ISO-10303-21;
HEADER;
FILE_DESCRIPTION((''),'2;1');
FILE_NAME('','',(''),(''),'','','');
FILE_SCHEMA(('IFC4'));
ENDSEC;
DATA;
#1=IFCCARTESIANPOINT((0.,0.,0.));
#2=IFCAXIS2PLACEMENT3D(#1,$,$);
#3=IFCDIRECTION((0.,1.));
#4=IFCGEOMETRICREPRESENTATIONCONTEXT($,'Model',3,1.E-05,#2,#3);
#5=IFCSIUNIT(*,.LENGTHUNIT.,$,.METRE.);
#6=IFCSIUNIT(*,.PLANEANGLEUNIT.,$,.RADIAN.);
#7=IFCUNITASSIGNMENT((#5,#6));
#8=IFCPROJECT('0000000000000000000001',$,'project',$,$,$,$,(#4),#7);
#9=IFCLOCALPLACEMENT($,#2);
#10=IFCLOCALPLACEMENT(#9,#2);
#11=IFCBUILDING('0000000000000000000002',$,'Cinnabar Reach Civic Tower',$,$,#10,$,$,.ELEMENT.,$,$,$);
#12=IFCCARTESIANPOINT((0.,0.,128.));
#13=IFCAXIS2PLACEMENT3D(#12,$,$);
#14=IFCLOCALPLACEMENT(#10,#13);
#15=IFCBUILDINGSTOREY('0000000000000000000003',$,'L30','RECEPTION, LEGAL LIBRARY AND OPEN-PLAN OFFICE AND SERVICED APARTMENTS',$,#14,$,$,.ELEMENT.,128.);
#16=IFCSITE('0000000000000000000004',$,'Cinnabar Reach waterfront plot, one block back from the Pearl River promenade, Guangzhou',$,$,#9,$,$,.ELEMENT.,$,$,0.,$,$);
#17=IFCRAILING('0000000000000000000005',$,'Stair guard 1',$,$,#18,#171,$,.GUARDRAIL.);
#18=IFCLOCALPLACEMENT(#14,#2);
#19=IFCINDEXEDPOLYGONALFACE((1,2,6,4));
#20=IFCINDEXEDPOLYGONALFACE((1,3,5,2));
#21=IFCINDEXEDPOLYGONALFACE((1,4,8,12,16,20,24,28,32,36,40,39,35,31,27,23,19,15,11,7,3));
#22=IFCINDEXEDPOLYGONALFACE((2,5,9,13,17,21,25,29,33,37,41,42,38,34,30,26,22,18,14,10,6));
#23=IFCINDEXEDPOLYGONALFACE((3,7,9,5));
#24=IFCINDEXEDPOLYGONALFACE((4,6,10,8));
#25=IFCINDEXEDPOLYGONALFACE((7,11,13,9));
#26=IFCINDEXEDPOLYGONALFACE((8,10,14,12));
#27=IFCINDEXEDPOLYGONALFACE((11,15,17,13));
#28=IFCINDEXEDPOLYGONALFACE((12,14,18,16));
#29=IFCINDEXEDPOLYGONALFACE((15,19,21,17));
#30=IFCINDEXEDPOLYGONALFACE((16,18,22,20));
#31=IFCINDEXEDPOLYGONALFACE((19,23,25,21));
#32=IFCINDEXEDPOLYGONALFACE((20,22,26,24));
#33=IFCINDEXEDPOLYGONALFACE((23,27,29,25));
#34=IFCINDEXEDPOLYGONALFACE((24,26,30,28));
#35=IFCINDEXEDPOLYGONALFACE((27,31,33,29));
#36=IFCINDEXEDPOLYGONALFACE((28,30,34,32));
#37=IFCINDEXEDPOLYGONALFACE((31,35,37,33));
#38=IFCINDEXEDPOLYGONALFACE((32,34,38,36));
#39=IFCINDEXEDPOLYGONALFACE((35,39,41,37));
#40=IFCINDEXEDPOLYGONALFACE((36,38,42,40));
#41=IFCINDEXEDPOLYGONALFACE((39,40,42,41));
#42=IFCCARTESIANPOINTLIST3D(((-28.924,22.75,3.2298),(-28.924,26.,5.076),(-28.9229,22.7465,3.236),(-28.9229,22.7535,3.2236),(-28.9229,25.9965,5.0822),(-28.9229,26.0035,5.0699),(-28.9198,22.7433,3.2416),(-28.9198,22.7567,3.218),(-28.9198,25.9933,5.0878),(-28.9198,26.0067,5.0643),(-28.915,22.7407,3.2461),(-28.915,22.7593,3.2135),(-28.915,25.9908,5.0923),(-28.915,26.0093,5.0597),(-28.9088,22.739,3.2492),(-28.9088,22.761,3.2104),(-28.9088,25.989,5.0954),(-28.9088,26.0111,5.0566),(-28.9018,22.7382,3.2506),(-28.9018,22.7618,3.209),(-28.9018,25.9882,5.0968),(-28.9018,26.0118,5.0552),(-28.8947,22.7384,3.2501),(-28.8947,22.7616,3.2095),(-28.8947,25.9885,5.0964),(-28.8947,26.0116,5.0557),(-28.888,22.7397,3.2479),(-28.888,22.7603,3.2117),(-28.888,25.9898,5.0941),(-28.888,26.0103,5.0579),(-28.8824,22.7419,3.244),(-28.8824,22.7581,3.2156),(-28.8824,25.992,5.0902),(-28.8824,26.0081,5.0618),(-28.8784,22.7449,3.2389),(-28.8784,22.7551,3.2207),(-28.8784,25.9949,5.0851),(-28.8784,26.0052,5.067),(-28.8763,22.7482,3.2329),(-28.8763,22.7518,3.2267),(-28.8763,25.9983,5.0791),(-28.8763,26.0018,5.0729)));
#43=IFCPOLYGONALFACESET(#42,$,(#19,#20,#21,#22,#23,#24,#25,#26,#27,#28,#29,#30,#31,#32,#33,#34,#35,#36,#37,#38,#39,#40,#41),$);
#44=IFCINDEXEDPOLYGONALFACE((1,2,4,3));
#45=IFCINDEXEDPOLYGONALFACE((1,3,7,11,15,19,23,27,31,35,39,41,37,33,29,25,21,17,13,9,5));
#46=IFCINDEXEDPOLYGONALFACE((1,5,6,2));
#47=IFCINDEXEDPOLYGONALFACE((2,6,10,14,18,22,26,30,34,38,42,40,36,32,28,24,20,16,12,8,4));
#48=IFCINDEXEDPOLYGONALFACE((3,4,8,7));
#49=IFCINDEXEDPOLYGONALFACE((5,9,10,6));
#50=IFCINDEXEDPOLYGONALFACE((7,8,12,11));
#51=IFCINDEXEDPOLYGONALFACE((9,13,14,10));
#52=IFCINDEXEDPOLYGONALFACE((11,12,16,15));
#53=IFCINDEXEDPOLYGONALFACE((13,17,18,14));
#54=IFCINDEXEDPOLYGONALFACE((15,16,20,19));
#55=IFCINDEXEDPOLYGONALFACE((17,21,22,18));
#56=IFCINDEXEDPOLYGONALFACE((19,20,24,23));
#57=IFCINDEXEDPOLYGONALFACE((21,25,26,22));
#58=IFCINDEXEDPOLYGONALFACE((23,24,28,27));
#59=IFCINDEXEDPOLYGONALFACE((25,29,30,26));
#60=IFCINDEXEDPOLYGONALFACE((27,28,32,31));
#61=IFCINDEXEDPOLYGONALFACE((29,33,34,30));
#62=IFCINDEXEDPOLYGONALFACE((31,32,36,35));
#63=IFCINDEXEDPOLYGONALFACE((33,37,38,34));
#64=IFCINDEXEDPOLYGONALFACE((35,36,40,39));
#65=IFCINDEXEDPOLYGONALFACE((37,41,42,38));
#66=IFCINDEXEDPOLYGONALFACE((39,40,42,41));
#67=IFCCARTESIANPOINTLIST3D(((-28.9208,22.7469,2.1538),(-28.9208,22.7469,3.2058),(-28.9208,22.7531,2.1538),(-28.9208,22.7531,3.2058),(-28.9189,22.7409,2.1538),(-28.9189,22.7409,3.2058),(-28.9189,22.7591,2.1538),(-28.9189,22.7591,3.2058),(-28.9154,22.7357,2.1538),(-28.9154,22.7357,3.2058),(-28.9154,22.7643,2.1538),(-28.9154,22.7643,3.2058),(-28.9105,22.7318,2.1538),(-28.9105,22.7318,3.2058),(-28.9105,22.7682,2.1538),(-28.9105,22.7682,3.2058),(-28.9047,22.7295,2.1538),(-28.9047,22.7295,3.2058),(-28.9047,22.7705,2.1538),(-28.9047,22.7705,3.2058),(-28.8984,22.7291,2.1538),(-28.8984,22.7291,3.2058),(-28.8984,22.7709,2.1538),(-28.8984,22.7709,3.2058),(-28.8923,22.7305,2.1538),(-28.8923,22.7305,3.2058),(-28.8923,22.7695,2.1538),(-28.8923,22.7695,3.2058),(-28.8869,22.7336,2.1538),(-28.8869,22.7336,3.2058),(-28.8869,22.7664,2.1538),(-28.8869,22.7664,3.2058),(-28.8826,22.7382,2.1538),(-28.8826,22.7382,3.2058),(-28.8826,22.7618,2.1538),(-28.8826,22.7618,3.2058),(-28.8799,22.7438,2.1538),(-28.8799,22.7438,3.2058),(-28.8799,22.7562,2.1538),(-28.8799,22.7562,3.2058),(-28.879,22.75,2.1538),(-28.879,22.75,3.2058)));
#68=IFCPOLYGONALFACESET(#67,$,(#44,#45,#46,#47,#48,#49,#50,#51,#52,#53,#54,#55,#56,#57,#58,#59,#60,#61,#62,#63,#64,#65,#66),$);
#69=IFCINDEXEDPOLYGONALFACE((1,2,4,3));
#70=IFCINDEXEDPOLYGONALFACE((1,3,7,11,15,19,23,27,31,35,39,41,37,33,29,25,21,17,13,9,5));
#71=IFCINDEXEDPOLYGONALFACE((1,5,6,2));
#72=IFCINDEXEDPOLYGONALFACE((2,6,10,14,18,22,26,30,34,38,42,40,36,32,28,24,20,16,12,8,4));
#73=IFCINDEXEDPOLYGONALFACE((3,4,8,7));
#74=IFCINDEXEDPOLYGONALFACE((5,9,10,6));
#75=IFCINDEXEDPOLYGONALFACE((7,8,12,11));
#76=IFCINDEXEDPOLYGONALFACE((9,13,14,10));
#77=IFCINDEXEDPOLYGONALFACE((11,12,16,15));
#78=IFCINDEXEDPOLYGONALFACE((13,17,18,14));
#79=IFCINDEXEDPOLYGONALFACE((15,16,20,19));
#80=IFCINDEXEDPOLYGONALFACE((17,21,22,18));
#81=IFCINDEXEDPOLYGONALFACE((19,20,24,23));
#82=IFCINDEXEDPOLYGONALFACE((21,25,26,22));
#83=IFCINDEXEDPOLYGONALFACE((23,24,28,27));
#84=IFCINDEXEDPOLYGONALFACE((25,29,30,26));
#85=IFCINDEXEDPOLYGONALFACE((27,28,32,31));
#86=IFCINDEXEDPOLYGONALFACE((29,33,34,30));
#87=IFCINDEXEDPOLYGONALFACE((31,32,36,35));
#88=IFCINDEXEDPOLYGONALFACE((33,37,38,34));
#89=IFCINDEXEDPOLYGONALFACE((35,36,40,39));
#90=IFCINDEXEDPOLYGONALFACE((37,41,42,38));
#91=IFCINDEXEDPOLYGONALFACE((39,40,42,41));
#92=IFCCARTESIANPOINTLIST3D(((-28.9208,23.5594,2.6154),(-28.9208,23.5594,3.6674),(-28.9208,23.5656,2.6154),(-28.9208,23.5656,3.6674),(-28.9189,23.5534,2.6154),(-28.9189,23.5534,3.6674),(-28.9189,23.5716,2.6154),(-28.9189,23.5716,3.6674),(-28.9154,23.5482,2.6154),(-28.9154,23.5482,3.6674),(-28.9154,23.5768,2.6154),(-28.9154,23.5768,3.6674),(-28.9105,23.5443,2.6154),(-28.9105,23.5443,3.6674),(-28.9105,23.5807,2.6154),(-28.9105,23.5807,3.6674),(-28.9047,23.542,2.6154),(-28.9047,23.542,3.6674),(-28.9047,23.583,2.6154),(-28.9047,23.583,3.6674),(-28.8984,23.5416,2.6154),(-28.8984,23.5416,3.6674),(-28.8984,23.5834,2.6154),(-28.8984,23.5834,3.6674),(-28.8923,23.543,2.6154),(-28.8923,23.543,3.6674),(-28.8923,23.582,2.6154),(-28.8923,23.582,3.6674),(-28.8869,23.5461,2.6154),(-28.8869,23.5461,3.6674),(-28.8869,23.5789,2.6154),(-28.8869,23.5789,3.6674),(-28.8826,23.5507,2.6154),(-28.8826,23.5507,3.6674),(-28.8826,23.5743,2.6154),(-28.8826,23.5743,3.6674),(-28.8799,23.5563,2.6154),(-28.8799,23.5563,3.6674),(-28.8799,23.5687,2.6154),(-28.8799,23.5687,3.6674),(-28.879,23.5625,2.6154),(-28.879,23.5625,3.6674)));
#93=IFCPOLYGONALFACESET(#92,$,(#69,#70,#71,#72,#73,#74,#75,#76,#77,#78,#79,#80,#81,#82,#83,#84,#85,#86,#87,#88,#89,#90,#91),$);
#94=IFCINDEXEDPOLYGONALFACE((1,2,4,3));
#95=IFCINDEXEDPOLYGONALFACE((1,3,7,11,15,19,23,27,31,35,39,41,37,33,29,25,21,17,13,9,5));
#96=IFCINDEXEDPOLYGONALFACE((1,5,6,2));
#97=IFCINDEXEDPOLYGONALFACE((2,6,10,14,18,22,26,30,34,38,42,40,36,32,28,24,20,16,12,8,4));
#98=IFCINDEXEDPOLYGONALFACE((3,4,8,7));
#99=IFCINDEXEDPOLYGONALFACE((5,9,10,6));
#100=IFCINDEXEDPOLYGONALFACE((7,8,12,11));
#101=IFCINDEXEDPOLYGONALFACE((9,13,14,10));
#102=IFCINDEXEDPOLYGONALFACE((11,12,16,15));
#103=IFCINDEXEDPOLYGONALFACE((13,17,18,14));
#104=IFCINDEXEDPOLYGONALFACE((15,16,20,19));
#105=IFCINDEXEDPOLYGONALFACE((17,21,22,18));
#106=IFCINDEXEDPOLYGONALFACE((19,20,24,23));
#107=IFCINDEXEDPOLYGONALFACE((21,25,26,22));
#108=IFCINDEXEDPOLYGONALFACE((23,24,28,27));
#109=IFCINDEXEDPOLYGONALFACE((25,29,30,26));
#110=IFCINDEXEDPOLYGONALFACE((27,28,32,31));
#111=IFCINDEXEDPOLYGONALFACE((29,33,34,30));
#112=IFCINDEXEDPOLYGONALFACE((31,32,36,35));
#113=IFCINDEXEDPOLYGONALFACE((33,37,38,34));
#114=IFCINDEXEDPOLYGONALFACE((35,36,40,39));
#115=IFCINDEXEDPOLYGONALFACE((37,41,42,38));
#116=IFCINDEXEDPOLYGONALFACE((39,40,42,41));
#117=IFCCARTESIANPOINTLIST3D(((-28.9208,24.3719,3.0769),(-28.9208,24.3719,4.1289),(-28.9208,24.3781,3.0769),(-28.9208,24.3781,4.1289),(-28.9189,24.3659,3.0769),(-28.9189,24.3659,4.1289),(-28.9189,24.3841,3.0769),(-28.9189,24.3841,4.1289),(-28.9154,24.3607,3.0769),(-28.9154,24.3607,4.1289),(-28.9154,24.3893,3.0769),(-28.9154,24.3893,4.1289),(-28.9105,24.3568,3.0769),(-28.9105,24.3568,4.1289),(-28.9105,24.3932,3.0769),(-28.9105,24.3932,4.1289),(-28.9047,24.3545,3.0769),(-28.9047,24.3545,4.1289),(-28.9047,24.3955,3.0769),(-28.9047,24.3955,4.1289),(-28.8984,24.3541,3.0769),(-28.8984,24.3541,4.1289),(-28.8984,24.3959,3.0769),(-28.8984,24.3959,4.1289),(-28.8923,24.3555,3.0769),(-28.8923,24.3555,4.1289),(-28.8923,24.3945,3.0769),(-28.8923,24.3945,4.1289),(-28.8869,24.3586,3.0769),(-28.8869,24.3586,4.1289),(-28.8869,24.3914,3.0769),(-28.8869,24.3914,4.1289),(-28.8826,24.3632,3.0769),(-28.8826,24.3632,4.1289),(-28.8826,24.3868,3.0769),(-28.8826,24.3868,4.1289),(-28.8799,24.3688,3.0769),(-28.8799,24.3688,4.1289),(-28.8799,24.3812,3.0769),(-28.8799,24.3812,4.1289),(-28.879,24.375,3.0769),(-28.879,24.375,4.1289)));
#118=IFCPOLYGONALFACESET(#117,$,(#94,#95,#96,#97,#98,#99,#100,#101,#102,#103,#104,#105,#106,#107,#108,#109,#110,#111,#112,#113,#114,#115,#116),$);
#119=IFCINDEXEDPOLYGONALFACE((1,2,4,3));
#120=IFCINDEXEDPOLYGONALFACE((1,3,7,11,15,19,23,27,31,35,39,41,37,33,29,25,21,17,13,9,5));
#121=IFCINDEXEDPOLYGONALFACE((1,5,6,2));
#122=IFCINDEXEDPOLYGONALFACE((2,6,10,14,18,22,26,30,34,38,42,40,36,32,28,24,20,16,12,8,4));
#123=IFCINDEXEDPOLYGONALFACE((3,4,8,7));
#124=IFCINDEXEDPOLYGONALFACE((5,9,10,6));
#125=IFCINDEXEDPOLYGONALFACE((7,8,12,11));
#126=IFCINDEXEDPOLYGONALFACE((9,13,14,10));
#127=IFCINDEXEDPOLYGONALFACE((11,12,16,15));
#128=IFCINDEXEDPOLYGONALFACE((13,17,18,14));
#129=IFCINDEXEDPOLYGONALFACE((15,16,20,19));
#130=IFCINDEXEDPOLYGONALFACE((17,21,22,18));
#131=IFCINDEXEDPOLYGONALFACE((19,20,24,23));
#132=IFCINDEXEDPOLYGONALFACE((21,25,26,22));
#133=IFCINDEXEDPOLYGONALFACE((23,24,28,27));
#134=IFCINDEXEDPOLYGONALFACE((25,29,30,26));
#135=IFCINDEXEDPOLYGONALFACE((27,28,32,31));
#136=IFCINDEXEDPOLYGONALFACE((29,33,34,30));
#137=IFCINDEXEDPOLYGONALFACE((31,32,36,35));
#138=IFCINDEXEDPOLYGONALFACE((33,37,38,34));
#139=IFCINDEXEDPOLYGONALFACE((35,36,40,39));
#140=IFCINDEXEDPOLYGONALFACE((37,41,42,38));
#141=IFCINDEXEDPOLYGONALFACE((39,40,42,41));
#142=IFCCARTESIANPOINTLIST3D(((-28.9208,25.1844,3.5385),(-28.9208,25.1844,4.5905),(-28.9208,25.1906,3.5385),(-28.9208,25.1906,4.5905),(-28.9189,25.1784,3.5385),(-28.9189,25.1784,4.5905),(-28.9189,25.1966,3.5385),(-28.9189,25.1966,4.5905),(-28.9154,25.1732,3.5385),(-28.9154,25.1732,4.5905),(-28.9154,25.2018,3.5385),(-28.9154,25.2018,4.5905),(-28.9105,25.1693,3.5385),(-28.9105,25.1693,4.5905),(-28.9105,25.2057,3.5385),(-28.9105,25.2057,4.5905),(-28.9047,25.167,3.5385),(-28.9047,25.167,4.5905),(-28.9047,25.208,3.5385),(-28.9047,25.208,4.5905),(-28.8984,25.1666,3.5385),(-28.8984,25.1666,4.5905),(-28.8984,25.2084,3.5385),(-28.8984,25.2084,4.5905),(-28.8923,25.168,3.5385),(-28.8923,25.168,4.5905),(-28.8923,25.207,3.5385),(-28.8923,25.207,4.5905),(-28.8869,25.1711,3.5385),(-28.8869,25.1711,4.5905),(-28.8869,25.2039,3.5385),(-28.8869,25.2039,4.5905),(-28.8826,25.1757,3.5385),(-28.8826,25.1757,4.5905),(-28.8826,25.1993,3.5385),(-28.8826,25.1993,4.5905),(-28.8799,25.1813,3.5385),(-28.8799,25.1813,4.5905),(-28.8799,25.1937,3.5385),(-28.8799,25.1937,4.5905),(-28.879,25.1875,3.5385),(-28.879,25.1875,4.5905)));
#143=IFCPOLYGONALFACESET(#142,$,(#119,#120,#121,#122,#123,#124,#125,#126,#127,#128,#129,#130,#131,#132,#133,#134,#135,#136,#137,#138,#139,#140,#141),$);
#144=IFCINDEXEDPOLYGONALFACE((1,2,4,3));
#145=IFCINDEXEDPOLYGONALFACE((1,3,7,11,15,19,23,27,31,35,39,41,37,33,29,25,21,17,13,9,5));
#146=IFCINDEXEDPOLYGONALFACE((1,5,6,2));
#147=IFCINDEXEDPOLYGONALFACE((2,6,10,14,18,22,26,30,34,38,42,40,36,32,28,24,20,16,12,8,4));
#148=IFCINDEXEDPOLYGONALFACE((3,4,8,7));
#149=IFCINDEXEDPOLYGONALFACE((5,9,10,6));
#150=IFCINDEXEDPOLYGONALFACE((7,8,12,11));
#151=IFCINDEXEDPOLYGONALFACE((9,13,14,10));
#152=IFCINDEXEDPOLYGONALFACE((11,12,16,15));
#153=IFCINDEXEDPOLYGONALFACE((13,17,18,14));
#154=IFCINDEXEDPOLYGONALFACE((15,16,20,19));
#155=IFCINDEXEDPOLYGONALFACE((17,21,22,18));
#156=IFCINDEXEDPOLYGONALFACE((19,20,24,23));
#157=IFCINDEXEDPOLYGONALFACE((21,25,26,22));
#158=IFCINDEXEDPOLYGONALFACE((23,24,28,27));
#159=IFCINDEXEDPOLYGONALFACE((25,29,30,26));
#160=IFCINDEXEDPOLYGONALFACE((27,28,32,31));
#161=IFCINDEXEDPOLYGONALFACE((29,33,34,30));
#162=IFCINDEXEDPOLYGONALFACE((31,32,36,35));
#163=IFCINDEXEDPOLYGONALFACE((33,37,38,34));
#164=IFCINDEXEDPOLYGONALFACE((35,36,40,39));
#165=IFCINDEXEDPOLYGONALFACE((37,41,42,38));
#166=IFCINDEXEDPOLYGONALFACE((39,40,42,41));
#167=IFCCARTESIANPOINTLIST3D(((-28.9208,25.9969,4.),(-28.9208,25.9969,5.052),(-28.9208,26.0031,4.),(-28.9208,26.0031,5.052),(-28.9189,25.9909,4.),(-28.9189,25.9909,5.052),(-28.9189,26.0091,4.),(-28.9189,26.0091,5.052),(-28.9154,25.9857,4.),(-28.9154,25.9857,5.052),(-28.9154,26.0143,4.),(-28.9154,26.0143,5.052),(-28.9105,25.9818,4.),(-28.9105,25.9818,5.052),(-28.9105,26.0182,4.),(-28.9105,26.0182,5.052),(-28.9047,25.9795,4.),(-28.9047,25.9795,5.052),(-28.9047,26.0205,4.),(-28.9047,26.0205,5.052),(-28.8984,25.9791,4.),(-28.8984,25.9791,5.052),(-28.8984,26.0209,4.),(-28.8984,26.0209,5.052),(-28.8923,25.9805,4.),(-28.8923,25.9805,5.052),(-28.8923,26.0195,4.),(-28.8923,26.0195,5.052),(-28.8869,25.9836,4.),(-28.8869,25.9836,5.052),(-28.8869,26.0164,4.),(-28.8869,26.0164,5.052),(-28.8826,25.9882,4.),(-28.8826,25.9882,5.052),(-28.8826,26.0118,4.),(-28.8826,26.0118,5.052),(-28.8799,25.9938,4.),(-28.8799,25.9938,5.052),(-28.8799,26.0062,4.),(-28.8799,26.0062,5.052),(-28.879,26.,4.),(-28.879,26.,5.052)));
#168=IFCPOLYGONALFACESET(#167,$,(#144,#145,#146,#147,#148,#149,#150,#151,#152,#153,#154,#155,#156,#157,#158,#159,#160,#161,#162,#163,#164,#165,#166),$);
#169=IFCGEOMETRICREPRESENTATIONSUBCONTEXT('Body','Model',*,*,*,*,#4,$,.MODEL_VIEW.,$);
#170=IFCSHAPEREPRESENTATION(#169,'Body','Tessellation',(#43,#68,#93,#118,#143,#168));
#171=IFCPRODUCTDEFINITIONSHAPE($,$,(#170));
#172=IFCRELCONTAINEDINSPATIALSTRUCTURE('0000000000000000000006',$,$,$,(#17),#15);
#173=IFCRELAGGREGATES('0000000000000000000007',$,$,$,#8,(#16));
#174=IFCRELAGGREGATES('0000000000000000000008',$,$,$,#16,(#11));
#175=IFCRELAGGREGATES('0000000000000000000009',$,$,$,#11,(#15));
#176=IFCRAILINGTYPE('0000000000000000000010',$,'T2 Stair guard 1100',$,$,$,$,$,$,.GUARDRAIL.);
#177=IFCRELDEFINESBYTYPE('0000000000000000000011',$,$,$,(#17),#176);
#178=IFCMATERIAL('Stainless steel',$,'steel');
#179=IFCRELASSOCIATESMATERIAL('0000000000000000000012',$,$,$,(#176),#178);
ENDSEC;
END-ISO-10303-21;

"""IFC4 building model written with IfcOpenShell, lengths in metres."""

from ifc_helpers import new_model, si_unit, direction, frame, origin, origin_2d, place, context, subcontext, project, spatial, circle, extrude, material, type_object, element, save


model = new_model("IFC4")

# Units and contexts
model_context = context("Model", 3, precision=1e-05, world=origin(), true_north=direction((0.0, 1.0)))
body_context = subcontext(model_context, "Body", "Model", "MODEL_VIEW")
ifc_project = project(units=[si_unit("LENGTHUNIT", "METRE"), si_unit("PLANEANGLEUNIT", "RADIAN")], contexts=[model_context])

# Site, building, storey
site_placement = place(None, origin())
site = spatial("IfcSite", under=ifc_project, at=site_placement, Name="Cinnabar Reach waterfront plot, one block back from the Pearl River promenade, Guangzhou", CompositionType="ELEMENT", RefElevation=0.0)
building_placement = place(site_placement, origin())
building = spatial("IfcBuilding", under=site, at=building_placement, Name="Cinnabar Reach Civic Tower", CompositionType="ELEMENT")
storey_placement = place(building_placement, frame((0.0, 0.0, 128.0)))
storey = spatial("IfcBuildingStorey", under=building, at=storey_placement, Name="L30", Description="RECEPTION, LEGAL LIBRARY AND OPEN-PLAN OFFICE AND SERVICED APARTMENTS", CompositionType="ELEMENT", Elevation=128.0)

# Railing
ifc_material_1 = material(Name="Stainless steel", Category="steel")
railing_type = type_object("IfcRailingType", Name="T2 Stair guard 1100", PredefinedType="GUARDRAIL", material=ifc_material_1)
railing_1_placement = place(storey_placement, frame((-28.9, 22.75, 2.1538)))
element("IfcRailing", 1, at=railing_1_placement, inside=storey, type_object=railing_type, Name="Stair guard 1", PredefinedType="GUARDRAIL", context=body_context, shape_type="SweptSolid", body=[
    extrude(circle(Radius=0.024, at=origin_2d()), frame((0.0, 0.0, 1.076), z_axis=(0.0, 0.869501, 0.49393), x_axis=(-1.0, 0.0, 0.0)), (0.0, 0.0, 1.0), 3.7378),
    extrude(circle(Radius=0.021, at=origin_2d()), origin(), (0.0, 0.0, 1.0), 1.052),
    extrude(circle(Radius=0.021, at=origin_2d()), frame((0.0, 0.8125, 0.4616)), (0.0, 0.0, 1.0), 1.052),
    extrude(circle(Radius=0.021, at=origin_2d()), frame((0.0, 1.625, 0.9231)), (0.0, 0.0, 1.0), 1.052),
    extrude(circle(Radius=0.021, at=origin_2d()), frame((0.0, 2.4375, 1.3847)), (0.0, 0.0, 1.0), 1.052),
    extrude(circle(Radius=0.021, at=origin_2d()), frame((0.0, 3.25, 1.8462)), (0.0, 0.0, 1.0), 1.052),
])

save(model, "model.ifc")
